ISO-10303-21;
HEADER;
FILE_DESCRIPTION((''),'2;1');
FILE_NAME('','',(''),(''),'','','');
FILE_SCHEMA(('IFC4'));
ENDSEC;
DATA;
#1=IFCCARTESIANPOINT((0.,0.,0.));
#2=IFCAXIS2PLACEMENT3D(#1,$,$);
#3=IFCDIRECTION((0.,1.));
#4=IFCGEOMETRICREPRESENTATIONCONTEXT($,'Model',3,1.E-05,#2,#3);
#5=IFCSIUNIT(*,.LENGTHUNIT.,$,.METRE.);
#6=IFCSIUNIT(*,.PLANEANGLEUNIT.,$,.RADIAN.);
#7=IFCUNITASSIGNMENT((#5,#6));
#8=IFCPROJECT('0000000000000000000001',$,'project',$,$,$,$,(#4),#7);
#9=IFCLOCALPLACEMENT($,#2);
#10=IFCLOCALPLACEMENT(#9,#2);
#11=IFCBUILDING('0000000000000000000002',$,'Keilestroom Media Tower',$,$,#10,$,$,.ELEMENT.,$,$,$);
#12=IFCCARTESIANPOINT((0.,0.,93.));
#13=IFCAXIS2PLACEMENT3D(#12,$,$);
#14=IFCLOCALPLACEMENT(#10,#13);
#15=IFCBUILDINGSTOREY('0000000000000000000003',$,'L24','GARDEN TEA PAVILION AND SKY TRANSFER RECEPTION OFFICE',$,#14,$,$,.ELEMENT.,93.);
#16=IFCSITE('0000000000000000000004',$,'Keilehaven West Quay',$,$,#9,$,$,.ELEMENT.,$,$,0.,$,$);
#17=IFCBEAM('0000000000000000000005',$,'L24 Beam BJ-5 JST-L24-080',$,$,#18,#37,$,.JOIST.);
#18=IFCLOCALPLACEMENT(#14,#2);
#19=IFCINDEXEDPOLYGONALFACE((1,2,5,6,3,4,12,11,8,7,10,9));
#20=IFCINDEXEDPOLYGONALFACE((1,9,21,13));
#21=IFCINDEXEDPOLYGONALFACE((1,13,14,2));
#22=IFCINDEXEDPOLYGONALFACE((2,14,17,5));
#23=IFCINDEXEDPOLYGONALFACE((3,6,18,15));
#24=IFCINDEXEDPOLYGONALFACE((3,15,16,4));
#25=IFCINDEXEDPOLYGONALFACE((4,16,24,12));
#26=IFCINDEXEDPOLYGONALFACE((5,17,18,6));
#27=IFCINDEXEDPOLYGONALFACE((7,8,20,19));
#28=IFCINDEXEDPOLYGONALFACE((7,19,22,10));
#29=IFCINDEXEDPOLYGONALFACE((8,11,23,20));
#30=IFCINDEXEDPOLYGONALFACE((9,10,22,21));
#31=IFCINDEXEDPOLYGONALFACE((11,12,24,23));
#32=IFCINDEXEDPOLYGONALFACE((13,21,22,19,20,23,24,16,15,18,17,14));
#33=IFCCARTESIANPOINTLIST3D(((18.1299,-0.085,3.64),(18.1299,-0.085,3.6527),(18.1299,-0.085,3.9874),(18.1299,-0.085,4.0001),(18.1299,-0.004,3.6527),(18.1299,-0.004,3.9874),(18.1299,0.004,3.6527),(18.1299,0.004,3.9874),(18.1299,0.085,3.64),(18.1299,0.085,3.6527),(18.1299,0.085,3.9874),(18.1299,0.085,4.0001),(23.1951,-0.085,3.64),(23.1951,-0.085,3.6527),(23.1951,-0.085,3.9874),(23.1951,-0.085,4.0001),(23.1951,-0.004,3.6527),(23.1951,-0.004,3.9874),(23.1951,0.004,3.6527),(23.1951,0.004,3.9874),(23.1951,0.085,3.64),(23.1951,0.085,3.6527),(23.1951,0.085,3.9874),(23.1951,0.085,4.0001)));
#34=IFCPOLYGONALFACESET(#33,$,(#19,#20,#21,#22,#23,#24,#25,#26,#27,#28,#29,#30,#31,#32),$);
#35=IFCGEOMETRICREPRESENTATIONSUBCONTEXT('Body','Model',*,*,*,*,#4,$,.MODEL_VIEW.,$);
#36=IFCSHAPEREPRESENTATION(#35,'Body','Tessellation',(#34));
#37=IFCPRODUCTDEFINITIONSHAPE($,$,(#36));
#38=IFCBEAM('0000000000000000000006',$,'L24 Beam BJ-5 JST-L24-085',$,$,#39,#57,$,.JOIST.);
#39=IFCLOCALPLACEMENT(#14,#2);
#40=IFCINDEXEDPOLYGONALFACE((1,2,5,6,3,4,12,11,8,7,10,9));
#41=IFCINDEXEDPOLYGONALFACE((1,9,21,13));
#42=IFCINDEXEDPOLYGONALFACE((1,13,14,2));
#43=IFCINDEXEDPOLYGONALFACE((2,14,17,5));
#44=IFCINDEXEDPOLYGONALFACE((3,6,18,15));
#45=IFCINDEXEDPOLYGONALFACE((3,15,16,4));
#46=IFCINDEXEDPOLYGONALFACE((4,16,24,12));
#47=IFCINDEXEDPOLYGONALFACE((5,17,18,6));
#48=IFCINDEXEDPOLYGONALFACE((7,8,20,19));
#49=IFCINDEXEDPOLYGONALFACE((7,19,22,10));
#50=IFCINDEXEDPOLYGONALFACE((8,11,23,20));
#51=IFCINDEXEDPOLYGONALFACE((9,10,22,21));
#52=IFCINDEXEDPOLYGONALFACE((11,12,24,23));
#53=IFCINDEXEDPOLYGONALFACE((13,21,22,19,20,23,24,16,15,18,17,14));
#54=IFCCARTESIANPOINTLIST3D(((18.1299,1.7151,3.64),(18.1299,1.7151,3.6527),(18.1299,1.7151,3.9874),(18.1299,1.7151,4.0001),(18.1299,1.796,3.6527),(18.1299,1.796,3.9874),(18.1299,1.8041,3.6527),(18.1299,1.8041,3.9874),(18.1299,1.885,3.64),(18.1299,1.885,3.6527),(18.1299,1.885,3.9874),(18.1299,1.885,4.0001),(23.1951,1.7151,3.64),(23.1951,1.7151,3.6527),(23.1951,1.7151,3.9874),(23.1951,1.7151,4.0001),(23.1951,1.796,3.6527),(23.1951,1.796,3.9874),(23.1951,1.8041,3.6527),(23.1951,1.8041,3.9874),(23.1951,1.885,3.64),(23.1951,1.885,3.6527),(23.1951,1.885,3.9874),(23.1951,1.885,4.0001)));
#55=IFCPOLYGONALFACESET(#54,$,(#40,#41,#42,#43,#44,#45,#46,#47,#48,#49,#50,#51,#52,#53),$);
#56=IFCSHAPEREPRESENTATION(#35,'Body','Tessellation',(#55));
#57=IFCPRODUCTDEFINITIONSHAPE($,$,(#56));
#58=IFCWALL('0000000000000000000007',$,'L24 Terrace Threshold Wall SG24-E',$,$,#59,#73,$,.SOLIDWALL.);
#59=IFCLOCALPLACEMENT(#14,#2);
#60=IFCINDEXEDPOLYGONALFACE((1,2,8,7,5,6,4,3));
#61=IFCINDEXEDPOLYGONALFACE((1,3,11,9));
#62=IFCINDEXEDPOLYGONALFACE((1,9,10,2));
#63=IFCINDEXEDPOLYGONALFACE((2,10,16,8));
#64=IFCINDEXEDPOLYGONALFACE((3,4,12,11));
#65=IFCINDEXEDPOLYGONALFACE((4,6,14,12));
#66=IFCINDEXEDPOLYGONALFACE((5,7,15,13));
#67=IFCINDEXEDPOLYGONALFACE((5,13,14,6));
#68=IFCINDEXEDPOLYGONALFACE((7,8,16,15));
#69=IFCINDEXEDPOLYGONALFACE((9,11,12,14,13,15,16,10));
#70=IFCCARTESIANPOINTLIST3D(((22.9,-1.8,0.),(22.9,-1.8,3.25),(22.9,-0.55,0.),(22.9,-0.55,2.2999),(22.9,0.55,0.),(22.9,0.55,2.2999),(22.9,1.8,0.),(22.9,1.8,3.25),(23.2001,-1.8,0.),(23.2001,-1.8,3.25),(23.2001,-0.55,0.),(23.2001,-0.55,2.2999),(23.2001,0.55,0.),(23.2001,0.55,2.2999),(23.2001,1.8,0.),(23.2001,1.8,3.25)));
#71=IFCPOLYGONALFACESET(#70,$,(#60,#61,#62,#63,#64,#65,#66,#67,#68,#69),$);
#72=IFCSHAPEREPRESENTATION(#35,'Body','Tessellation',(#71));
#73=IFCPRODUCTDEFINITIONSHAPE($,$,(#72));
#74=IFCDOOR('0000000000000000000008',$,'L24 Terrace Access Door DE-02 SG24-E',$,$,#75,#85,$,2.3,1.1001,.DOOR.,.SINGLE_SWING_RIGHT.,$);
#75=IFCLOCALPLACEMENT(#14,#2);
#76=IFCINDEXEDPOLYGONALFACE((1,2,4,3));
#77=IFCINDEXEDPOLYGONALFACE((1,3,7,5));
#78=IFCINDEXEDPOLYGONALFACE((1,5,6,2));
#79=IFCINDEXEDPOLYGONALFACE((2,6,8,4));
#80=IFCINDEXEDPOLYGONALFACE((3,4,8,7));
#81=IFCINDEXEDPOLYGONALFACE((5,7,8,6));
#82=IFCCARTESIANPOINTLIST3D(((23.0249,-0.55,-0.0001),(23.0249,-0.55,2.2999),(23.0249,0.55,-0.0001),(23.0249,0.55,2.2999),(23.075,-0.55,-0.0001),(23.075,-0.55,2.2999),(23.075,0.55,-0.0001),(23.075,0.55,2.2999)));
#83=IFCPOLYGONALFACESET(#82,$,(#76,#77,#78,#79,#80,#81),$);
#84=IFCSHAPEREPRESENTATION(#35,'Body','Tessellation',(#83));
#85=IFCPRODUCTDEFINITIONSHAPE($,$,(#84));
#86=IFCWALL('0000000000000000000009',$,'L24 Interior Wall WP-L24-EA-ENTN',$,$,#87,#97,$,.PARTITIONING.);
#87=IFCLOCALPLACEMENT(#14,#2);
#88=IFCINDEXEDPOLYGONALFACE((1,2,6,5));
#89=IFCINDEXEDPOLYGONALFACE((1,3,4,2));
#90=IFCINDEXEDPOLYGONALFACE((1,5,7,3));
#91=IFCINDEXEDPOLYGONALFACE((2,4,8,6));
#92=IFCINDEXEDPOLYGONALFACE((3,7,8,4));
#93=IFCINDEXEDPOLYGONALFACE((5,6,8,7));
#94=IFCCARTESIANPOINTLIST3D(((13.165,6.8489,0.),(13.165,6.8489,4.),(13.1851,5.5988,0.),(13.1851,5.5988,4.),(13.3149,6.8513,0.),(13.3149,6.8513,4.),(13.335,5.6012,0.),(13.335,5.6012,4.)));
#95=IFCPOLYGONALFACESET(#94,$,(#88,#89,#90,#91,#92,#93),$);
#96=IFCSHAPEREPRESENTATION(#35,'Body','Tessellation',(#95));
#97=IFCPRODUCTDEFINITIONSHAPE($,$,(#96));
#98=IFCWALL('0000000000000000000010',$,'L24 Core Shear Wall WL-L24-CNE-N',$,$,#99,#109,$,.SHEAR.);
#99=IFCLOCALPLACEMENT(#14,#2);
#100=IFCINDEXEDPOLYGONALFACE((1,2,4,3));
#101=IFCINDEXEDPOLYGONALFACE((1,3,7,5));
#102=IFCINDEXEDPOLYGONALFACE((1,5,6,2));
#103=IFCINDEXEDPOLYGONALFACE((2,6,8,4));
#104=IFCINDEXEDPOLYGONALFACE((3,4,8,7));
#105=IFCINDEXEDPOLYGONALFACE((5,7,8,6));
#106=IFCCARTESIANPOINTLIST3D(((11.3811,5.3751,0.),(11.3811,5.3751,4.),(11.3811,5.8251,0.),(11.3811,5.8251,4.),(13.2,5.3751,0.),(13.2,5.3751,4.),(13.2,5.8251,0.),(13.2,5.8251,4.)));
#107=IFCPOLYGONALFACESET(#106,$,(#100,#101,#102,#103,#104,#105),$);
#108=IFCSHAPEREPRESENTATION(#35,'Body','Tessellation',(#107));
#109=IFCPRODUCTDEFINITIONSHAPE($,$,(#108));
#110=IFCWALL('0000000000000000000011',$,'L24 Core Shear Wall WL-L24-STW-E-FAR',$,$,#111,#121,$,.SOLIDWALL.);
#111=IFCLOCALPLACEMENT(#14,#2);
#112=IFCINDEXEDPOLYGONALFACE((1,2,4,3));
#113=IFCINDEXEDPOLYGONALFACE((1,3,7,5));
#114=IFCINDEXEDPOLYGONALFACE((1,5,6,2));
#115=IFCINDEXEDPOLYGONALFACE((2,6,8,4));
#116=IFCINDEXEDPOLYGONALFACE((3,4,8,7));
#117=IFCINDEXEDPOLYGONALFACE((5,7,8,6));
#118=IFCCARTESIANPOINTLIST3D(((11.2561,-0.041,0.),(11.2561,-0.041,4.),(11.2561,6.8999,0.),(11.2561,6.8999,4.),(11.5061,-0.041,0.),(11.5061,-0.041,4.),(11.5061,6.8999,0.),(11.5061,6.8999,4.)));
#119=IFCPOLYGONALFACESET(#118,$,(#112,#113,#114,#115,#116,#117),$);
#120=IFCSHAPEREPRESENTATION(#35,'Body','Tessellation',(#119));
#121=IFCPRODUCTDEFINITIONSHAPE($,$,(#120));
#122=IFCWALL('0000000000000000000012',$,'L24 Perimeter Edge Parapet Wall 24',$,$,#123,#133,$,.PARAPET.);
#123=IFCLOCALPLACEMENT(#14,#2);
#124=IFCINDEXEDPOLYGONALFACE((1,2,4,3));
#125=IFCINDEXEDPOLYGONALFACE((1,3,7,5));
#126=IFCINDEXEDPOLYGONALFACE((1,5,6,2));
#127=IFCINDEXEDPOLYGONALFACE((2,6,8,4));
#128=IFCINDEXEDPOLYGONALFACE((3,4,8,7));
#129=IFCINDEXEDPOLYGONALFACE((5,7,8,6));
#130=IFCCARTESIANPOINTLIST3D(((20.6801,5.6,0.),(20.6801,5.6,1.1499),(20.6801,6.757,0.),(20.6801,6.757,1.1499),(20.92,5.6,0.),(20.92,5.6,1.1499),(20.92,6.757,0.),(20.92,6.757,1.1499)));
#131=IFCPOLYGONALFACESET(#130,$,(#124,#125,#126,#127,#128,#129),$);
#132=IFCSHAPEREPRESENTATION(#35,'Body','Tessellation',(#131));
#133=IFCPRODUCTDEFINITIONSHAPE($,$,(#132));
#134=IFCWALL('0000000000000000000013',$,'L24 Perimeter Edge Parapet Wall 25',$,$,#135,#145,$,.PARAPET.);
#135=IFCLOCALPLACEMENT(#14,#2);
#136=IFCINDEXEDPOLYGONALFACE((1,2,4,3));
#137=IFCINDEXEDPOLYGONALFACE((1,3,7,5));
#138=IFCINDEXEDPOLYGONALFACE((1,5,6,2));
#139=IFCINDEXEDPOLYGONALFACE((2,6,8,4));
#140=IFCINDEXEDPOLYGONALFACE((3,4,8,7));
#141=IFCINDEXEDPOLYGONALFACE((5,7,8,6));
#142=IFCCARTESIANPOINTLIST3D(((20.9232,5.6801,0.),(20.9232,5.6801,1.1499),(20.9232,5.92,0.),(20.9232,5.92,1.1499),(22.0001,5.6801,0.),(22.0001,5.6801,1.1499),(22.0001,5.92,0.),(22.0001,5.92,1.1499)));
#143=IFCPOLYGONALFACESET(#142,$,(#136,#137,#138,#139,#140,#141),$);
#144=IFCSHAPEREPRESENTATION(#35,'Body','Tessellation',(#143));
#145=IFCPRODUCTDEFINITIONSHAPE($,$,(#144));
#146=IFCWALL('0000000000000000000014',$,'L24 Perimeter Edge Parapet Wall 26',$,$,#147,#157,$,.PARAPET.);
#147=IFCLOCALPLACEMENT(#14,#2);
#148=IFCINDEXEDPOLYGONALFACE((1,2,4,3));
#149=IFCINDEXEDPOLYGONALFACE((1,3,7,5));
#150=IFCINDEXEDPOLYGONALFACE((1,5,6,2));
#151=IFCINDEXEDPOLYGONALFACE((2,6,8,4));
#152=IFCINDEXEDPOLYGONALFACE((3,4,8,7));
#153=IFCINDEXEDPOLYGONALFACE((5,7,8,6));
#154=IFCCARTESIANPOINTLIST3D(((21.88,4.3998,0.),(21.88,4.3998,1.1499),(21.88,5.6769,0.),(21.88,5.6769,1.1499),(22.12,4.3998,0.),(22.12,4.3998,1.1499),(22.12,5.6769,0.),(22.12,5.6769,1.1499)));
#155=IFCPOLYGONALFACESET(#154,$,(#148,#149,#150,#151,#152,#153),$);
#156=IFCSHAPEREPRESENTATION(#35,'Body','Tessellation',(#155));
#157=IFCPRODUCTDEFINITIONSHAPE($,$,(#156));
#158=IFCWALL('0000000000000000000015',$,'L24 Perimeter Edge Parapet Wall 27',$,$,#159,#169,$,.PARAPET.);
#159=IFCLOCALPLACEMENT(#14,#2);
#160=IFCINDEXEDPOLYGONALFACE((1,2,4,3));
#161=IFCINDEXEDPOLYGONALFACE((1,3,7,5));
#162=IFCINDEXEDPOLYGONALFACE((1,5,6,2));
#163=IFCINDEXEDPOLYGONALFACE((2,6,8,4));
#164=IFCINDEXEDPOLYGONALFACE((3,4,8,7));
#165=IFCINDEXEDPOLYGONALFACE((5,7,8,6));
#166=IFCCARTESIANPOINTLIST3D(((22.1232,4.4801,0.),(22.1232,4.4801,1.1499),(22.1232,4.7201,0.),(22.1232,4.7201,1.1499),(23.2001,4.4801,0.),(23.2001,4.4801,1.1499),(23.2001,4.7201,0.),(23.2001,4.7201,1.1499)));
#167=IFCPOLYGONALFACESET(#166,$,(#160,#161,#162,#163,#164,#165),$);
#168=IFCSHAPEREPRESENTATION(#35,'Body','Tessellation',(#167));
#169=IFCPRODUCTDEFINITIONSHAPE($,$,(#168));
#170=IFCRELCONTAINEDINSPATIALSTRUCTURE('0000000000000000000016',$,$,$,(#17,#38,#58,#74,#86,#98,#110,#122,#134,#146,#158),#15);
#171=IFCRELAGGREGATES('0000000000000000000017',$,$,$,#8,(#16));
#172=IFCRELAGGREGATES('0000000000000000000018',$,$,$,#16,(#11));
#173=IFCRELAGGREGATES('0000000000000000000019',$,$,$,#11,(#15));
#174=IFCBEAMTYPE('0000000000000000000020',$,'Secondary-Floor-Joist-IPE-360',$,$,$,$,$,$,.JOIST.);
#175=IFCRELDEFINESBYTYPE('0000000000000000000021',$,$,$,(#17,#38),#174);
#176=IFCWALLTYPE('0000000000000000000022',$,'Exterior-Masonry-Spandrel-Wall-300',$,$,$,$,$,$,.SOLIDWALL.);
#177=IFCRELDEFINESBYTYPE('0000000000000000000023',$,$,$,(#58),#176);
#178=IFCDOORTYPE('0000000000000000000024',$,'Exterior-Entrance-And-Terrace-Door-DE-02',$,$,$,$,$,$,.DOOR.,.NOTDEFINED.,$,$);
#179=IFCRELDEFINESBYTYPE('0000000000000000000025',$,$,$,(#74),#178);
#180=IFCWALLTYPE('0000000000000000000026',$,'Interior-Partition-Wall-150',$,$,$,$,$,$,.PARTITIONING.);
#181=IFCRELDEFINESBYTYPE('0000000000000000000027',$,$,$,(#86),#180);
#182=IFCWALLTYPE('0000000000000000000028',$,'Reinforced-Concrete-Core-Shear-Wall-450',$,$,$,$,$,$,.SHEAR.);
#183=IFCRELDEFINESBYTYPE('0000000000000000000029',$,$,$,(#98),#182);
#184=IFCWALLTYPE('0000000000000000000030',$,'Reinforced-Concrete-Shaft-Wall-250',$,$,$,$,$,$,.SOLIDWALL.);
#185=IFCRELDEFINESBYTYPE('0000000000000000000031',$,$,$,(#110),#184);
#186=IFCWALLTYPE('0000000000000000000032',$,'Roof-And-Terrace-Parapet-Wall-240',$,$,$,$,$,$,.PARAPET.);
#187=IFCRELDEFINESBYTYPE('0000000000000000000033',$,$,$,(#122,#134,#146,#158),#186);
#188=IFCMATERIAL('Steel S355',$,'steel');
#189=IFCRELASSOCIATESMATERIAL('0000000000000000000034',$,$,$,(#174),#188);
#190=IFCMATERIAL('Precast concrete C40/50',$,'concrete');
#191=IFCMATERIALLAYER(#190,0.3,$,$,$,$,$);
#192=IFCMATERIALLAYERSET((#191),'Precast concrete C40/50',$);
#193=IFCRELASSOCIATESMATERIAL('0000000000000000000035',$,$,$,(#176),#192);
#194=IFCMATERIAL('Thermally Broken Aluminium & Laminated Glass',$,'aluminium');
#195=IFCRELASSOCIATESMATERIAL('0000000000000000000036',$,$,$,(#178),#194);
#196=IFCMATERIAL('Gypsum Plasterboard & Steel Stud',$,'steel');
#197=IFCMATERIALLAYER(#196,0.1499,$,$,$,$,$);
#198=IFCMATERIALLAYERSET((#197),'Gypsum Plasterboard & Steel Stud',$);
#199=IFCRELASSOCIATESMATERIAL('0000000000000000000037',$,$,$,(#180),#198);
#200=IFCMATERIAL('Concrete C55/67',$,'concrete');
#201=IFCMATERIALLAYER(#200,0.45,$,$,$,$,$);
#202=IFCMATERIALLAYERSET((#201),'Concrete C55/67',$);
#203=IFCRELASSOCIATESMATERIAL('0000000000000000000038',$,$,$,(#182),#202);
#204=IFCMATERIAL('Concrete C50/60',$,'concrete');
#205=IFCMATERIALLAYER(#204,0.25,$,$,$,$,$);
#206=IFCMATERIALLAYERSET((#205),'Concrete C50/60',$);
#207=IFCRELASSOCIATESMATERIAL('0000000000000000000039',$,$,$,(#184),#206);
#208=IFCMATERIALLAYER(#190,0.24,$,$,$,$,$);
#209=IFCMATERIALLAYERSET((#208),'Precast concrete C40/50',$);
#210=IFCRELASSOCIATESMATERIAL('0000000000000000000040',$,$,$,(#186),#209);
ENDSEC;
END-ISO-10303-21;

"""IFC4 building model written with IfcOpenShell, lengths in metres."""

from ifc_helpers import new_model, si_unit, direction, frame, frame_2d, origin, origin_2d, place, context, subcontext, project, spatial, rectangle, i_section, extrude, source, transform, mapped, material, layer, layer_set, material_profile, profile_set, type_object, element, fill, save


model = new_model("IFC4")

# Units and contexts
model_context = context("Model", 3, precision=1e-05, world=origin(), true_north=direction((0.0, 1.0)))
body_context = subcontext(model_context, "Body", "Model", "MODEL_VIEW")
ifc_project = project(units=[si_unit("LENGTHUNIT", "METRE"), si_unit("PLANEANGLEUNIT", "RADIAN")], contexts=[model_context])

# Site, building, storey
site_placement = place(None, origin())
site = spatial("IfcSite", under=ifc_project, at=site_placement, Name="Keilehaven West Quay", CompositionType="ELEMENT", RefElevation=0.0)
building_placement = place(site_placement, origin())
building = spatial("IfcBuilding", under=site, at=building_placement, Name="Keilestroom Media Tower", CompositionType="ELEMENT")
storey_placement = place(building_placement, frame((0.0, 0.0, 93.0)))
storey = spatial("IfcBuildingStorey", under=building, at=storey_placement, Name="L24", Description="GARDEN TEA PAVILION AND SKY TRANSFER RECEPTION OFFICE", CompositionType="ELEMENT", Elevation=93.0)

# Shared definitions
ifc_material_1 = material(Name="Precast concrete C40/50", Category="concrete")
ifc_material_2 = material(Name="Steel S355", Category="steel")

# Beams
ifc_material_profile_1 = material_profile(ifc_material_2, i_section(OverallWidth=0.1699, OverallDepth=0.3601, WebThickness=0.0081, FlangeThickness=0.0127, at=origin_2d()), Name="IPE 360")
ifc_profile_set_1 = profile_set([ifc_material_profile_1], Name="Steel S355")
beam_type_1 = type_object("IfcBeamType", Name="Secondary-Floor-Joist-IPE-360", PredefinedType="JOIST", material=ifc_profile_set_1)
shared_shape_1 = source(origin(), body_context, "Body", "SweptSolid", [
    extrude(i_section(OverallWidth=0.1699, OverallDepth=0.3601, WebThickness=0.0081, FlangeThickness=0.0127, at=origin_2d()), origin(), (0.0, 0.0, 1.0), 5.0652),
])
for number, where, z_axis, x_axis, name in (
    (1, (18.1299, 0.0, 3.8201), (1.0, 0.0, 0.0), (0.0, 1.0, 0.0), "L24 Beam BJ-5 JST-L24-080"),
    (2, (18.1299, 1.8, 3.8201), (1.0, 0.0, 0.0), (0.0, 1.0, 0.0), "L24 Beam BJ-5 JST-L24-085"),
):
    element("IfcBeam", number, at=place(storey_placement, frame(where, z_axis=z_axis, x_axis=x_axis)), inside=storey, type_object=beam_type_1, Name=name, PredefinedType="JOIST", context=body_context, shape_type="MappedRepresentation", body=[
        mapped(shared_shape_1, transform((0.0, 0.0, 0.0), x_axis=(1.0, 0.0, 0.0), y_axis=(0.0, 1.0, 0.0), z_axis=(0.0, 0.0, 1.0), scale=1.0)),
    ])

# Wall, opening, door
ifc_layer_1 = layer(ifc_material_1, 0.3)
ifc_layer_set_1 = layer_set([ifc_layer_1], Name="Precast concrete C40/50")
wall_type_1 = type_object("IfcWallType", Name="Exterior-Masonry-Spandrel-Wall-300", PredefinedType="SOLIDWALL", material=ifc_layer_set_1)
wall_1_placement = place(storey_placement, frame((23.05, -1.8, 0.0), z_axis=(0.0, 0.0, 1.0), x_axis=(0.0, 1.0, 0.0)))
wall_1 = element("IfcWall", 3, at=wall_1_placement, inside=storey, type_object=wall_type_1, Name="L24 Terrace Threshold Wall SG24-E", PredefinedType="SOLIDWALL", context=body_context, shape_type="SweptSolid", body=[
    extrude(rectangle(XDim=3.6001, YDim=0.3, at=frame_2d((1.8, 0.0))), origin(), (0.0, 0.0, 1.0), 3.25),
])
opening_placement = place(wall_1_placement, frame((1.25, 0.0, 0.0)))
opening = element("IfcOpeningElement", 4, at=opening_placement, cuts=wall_1, PredefinedType="OPENING", context=body_context, shape_type="SweptSolid", body=[
    extrude(rectangle(XDim=1.1001, YDim=2.3, at=frame_2d((0.55, 1.1499))), frame((0.0, 0.1602, 0.0), z_axis=(0.0, -1.0, 0.0), x_axis=(1.0, 0.0, 0.0)), (0.0, 0.0, 1.0), 0.3201),
])
ifc_material_3 = material(Name="Thermally Broken Aluminium & Laminated Glass", Category="aluminium")
door_type = type_object("IfcDoorType", Name="Exterior-Entrance-And-Terrace-Door-DE-02", OperationType="NOTDEFINED", PredefinedType="DOOR", material=ifc_material_3)
shared_shape_2 = source(origin(), body_context, "Body", "SweptSolid", [
    extrude(rectangle(XDim=1.1001, YDim=2.3, at=frame_2d((0.55, 1.1499))), frame((0.0, 0.0249, 0.0), z_axis=(0.0, -1.0, 0.0), x_axis=(1.0, 0.0, 0.0)), (0.0, 0.0, 1.0), 0.05),
])
door_placement = place(opening_placement, frame((1.1001, 0.0, 0.0), z_axis=(0.0, 0.0, 1.0), x_axis=(-1.0, 0.0, 0.0)))
door = element("IfcDoor", 5, at=door_placement, inside=storey, type_object=door_type, Name="L24 Terrace Access Door DE-02 SG24-E", OperationType="SINGLE_SWING_RIGHT", OverallHeight=2.3, OverallWidth=1.1001, PredefinedType="DOOR", context=body_context, shape_type="MappedRepresentation", body=[
    mapped(shared_shape_2, transform((0.0, 0.0, 0.0), x_axis=(1.0, 0.0, 0.0), y_axis=(0.0, 1.0, 0.0), z_axis=(0.0, 0.0, 1.0), scale=1.0)),
])
fill(opening, door)

# Walls
ifc_material_4 = material(Name="Gypsum Plasterboard & Steel Stud", Category="steel")
ifc_layer_2 = layer(ifc_material_4, 0.1499)
ifc_layer_set_2 = layer_set([ifc_layer_2], Name="Gypsum Plasterboard & Steel Stud")
wall_type_2 = type_object("IfcWallType", Name="Interior-Partition-Wall-150", PredefinedType="PARTITIONING", material=ifc_layer_set_2)
wall_2_placement = place(storey_placement, frame((13.26, 5.6001, 0.0), z_axis=(0.0, 0.0, 1.0), x_axis=(-0.016014, 0.999872, 0.0)))
element("IfcWall", 6, at=wall_2_placement, inside=storey, type_object=wall_type_2, Name="L24 Interior Wall WP-L24-EA-ENTN", PredefinedType="PARTITIONING", context=body_context, shape_type="SweptSolid", body=[
    extrude(rectangle(XDim=1.2502, YDim=0.1499, at=frame_2d((0.625, 0.0))), origin(), (0.0, 0.0, 1.0), 4.0),
])
ifc_material_5 = material(Name="Concrete C55/67", Category="concrete")
ifc_layer_3 = layer(ifc_material_5, 0.45)
ifc_layer_set_3 = layer_set([ifc_layer_3], Name="Concrete C55/67")
wall_type_3 = type_object("IfcWallType", Name="Reinforced-Concrete-Core-Shear-Wall-450", PredefinedType="SHEAR", material=ifc_layer_set_3)
wall_3_placement = place(storey_placement, frame((11.3811, 5.6001, 0.0), z_axis=(0.0, 0.0, 1.0), x_axis=(1.0, 0.0, 0.0)))
element("IfcWall", 7, at=wall_3_placement, inside=storey, type_object=wall_type_3, Name="L24 Core Shear Wall WL-L24-CNE-N", PredefinedType="SHEAR", context=body_context, shape_type="SweptSolid", body=[
    extrude(rectangle(XDim=1.8188, YDim=0.45, at=frame_2d((0.9094, 0.0))), origin(), (0.0, 0.0, 1.0), 4.0),
])
ifc_material_6 = material(Name="Concrete C50/60", Category="concrete")
ifc_layer_4 = layer(ifc_material_6, 0.25)
ifc_layer_set_4 = layer_set([ifc_layer_4], Name="Concrete C50/60")
wall_type_4 = type_object("IfcWallType", Name="Reinforced-Concrete-Shaft-Wall-250", PredefinedType="SOLIDWALL", material=ifc_layer_set_4)
wall_4_placement = place(storey_placement, frame((11.3811, -0.041, 0.0), z_axis=(0.0, 0.0, 1.0), x_axis=(0.0, 1.0, 0.0)))
element("IfcWall", 8, at=wall_4_placement, inside=storey, type_object=wall_type_4, Name="L24 Core Shear Wall WL-L24-STW-E-FAR", PredefinedType="SOLIDWALL", context=body_context, shape_type="SweptSolid", body=[
    extrude(rectangle(XDim=6.9409, YDim=0.25, at=frame_2d((3.4705, 0.0))), origin(), (0.0, 0.0, 1.0), 4.0),
])
ifc_layer_5 = layer(ifc_material_1, 0.24)
ifc_layer_set_5 = layer_set([ifc_layer_5], Name="Precast concrete C40/50")
wall_type_5 = type_object("IfcWallType", Name="Roof-And-Terrace-Parapet-Wall-240", PredefinedType="PARAPET", material=ifc_layer_set_5)
wall_5_placement = place(storey_placement, frame((20.8, 6.7571, 0.0), z_axis=(0.0, 0.0, 1.0), x_axis=(0.0, -1.0, 0.0)))
element("IfcWall", 9, at=wall_5_placement, inside=storey, type_object=wall_type_5, Name="L24 Perimeter Edge Parapet Wall 24", PredefinedType="PARAPET", context=body_context, shape_type="SweptSolid", body=[
    extrude(rectangle(XDim=1.157, YDim=0.24, at=frame_2d((0.5786, 0.0))), origin(), (0.0, 0.0, 1.0), 1.1499),
])
wall_6_placement = place(storey_placement, frame((20.9231, 5.8, 0.0), z_axis=(0.0, 0.0, 1.0), x_axis=(1.0, 0.0, 0.0)))
element("IfcWall", 10, at=wall_6_placement, inside=storey, type_object=wall_type_5, Name="L24 Perimeter Edge Parapet Wall 25", PredefinedType="PARAPET", context=body_context, shape_type="SweptSolid", body=[
    extrude(rectangle(XDim=1.0769, YDim=0.24, at=frame_2d((0.5386, 0.0))), origin(), (0.0, 0.0, 1.0), 1.1499),
])
wall_7_placement = place(storey_placement, frame((22.0, 5.677, 0.0), z_axis=(0.0, 0.0, 1.0), x_axis=(0.0, -1.0, 0.0)))
element("IfcWall", 11, at=wall_7_placement, inside=storey, type_object=wall_type_5, Name="L24 Perimeter Edge Parapet Wall 26", PredefinedType="PARAPET", context=body_context, shape_type="SweptSolid", body=[
    extrude(rectangle(XDim=1.2771, YDim=0.24, at=frame_2d((0.6387, 0.0))), origin(), (0.0, 0.0, 1.0), 1.1499),
])
wall_8_placement = place(storey_placement, frame((22.123, 4.6001, 0.0), z_axis=(0.0, 0.0, 1.0), x_axis=(1.0, 0.0, 0.0)))
element("IfcWall", 12, at=wall_8_placement, inside=storey, type_object=wall_type_5, Name="L24 Perimeter Edge Parapet Wall 27", PredefinedType="PARAPET", context=body_context, shape_type="SweptSolid", body=[
    extrude(rectangle(XDim=1.0769, YDim=0.24, at=frame_2d((0.5386, 0.0))), origin(), (0.0, 0.0, 1.0), 1.1499),
])

save(model, "model.ifc")
